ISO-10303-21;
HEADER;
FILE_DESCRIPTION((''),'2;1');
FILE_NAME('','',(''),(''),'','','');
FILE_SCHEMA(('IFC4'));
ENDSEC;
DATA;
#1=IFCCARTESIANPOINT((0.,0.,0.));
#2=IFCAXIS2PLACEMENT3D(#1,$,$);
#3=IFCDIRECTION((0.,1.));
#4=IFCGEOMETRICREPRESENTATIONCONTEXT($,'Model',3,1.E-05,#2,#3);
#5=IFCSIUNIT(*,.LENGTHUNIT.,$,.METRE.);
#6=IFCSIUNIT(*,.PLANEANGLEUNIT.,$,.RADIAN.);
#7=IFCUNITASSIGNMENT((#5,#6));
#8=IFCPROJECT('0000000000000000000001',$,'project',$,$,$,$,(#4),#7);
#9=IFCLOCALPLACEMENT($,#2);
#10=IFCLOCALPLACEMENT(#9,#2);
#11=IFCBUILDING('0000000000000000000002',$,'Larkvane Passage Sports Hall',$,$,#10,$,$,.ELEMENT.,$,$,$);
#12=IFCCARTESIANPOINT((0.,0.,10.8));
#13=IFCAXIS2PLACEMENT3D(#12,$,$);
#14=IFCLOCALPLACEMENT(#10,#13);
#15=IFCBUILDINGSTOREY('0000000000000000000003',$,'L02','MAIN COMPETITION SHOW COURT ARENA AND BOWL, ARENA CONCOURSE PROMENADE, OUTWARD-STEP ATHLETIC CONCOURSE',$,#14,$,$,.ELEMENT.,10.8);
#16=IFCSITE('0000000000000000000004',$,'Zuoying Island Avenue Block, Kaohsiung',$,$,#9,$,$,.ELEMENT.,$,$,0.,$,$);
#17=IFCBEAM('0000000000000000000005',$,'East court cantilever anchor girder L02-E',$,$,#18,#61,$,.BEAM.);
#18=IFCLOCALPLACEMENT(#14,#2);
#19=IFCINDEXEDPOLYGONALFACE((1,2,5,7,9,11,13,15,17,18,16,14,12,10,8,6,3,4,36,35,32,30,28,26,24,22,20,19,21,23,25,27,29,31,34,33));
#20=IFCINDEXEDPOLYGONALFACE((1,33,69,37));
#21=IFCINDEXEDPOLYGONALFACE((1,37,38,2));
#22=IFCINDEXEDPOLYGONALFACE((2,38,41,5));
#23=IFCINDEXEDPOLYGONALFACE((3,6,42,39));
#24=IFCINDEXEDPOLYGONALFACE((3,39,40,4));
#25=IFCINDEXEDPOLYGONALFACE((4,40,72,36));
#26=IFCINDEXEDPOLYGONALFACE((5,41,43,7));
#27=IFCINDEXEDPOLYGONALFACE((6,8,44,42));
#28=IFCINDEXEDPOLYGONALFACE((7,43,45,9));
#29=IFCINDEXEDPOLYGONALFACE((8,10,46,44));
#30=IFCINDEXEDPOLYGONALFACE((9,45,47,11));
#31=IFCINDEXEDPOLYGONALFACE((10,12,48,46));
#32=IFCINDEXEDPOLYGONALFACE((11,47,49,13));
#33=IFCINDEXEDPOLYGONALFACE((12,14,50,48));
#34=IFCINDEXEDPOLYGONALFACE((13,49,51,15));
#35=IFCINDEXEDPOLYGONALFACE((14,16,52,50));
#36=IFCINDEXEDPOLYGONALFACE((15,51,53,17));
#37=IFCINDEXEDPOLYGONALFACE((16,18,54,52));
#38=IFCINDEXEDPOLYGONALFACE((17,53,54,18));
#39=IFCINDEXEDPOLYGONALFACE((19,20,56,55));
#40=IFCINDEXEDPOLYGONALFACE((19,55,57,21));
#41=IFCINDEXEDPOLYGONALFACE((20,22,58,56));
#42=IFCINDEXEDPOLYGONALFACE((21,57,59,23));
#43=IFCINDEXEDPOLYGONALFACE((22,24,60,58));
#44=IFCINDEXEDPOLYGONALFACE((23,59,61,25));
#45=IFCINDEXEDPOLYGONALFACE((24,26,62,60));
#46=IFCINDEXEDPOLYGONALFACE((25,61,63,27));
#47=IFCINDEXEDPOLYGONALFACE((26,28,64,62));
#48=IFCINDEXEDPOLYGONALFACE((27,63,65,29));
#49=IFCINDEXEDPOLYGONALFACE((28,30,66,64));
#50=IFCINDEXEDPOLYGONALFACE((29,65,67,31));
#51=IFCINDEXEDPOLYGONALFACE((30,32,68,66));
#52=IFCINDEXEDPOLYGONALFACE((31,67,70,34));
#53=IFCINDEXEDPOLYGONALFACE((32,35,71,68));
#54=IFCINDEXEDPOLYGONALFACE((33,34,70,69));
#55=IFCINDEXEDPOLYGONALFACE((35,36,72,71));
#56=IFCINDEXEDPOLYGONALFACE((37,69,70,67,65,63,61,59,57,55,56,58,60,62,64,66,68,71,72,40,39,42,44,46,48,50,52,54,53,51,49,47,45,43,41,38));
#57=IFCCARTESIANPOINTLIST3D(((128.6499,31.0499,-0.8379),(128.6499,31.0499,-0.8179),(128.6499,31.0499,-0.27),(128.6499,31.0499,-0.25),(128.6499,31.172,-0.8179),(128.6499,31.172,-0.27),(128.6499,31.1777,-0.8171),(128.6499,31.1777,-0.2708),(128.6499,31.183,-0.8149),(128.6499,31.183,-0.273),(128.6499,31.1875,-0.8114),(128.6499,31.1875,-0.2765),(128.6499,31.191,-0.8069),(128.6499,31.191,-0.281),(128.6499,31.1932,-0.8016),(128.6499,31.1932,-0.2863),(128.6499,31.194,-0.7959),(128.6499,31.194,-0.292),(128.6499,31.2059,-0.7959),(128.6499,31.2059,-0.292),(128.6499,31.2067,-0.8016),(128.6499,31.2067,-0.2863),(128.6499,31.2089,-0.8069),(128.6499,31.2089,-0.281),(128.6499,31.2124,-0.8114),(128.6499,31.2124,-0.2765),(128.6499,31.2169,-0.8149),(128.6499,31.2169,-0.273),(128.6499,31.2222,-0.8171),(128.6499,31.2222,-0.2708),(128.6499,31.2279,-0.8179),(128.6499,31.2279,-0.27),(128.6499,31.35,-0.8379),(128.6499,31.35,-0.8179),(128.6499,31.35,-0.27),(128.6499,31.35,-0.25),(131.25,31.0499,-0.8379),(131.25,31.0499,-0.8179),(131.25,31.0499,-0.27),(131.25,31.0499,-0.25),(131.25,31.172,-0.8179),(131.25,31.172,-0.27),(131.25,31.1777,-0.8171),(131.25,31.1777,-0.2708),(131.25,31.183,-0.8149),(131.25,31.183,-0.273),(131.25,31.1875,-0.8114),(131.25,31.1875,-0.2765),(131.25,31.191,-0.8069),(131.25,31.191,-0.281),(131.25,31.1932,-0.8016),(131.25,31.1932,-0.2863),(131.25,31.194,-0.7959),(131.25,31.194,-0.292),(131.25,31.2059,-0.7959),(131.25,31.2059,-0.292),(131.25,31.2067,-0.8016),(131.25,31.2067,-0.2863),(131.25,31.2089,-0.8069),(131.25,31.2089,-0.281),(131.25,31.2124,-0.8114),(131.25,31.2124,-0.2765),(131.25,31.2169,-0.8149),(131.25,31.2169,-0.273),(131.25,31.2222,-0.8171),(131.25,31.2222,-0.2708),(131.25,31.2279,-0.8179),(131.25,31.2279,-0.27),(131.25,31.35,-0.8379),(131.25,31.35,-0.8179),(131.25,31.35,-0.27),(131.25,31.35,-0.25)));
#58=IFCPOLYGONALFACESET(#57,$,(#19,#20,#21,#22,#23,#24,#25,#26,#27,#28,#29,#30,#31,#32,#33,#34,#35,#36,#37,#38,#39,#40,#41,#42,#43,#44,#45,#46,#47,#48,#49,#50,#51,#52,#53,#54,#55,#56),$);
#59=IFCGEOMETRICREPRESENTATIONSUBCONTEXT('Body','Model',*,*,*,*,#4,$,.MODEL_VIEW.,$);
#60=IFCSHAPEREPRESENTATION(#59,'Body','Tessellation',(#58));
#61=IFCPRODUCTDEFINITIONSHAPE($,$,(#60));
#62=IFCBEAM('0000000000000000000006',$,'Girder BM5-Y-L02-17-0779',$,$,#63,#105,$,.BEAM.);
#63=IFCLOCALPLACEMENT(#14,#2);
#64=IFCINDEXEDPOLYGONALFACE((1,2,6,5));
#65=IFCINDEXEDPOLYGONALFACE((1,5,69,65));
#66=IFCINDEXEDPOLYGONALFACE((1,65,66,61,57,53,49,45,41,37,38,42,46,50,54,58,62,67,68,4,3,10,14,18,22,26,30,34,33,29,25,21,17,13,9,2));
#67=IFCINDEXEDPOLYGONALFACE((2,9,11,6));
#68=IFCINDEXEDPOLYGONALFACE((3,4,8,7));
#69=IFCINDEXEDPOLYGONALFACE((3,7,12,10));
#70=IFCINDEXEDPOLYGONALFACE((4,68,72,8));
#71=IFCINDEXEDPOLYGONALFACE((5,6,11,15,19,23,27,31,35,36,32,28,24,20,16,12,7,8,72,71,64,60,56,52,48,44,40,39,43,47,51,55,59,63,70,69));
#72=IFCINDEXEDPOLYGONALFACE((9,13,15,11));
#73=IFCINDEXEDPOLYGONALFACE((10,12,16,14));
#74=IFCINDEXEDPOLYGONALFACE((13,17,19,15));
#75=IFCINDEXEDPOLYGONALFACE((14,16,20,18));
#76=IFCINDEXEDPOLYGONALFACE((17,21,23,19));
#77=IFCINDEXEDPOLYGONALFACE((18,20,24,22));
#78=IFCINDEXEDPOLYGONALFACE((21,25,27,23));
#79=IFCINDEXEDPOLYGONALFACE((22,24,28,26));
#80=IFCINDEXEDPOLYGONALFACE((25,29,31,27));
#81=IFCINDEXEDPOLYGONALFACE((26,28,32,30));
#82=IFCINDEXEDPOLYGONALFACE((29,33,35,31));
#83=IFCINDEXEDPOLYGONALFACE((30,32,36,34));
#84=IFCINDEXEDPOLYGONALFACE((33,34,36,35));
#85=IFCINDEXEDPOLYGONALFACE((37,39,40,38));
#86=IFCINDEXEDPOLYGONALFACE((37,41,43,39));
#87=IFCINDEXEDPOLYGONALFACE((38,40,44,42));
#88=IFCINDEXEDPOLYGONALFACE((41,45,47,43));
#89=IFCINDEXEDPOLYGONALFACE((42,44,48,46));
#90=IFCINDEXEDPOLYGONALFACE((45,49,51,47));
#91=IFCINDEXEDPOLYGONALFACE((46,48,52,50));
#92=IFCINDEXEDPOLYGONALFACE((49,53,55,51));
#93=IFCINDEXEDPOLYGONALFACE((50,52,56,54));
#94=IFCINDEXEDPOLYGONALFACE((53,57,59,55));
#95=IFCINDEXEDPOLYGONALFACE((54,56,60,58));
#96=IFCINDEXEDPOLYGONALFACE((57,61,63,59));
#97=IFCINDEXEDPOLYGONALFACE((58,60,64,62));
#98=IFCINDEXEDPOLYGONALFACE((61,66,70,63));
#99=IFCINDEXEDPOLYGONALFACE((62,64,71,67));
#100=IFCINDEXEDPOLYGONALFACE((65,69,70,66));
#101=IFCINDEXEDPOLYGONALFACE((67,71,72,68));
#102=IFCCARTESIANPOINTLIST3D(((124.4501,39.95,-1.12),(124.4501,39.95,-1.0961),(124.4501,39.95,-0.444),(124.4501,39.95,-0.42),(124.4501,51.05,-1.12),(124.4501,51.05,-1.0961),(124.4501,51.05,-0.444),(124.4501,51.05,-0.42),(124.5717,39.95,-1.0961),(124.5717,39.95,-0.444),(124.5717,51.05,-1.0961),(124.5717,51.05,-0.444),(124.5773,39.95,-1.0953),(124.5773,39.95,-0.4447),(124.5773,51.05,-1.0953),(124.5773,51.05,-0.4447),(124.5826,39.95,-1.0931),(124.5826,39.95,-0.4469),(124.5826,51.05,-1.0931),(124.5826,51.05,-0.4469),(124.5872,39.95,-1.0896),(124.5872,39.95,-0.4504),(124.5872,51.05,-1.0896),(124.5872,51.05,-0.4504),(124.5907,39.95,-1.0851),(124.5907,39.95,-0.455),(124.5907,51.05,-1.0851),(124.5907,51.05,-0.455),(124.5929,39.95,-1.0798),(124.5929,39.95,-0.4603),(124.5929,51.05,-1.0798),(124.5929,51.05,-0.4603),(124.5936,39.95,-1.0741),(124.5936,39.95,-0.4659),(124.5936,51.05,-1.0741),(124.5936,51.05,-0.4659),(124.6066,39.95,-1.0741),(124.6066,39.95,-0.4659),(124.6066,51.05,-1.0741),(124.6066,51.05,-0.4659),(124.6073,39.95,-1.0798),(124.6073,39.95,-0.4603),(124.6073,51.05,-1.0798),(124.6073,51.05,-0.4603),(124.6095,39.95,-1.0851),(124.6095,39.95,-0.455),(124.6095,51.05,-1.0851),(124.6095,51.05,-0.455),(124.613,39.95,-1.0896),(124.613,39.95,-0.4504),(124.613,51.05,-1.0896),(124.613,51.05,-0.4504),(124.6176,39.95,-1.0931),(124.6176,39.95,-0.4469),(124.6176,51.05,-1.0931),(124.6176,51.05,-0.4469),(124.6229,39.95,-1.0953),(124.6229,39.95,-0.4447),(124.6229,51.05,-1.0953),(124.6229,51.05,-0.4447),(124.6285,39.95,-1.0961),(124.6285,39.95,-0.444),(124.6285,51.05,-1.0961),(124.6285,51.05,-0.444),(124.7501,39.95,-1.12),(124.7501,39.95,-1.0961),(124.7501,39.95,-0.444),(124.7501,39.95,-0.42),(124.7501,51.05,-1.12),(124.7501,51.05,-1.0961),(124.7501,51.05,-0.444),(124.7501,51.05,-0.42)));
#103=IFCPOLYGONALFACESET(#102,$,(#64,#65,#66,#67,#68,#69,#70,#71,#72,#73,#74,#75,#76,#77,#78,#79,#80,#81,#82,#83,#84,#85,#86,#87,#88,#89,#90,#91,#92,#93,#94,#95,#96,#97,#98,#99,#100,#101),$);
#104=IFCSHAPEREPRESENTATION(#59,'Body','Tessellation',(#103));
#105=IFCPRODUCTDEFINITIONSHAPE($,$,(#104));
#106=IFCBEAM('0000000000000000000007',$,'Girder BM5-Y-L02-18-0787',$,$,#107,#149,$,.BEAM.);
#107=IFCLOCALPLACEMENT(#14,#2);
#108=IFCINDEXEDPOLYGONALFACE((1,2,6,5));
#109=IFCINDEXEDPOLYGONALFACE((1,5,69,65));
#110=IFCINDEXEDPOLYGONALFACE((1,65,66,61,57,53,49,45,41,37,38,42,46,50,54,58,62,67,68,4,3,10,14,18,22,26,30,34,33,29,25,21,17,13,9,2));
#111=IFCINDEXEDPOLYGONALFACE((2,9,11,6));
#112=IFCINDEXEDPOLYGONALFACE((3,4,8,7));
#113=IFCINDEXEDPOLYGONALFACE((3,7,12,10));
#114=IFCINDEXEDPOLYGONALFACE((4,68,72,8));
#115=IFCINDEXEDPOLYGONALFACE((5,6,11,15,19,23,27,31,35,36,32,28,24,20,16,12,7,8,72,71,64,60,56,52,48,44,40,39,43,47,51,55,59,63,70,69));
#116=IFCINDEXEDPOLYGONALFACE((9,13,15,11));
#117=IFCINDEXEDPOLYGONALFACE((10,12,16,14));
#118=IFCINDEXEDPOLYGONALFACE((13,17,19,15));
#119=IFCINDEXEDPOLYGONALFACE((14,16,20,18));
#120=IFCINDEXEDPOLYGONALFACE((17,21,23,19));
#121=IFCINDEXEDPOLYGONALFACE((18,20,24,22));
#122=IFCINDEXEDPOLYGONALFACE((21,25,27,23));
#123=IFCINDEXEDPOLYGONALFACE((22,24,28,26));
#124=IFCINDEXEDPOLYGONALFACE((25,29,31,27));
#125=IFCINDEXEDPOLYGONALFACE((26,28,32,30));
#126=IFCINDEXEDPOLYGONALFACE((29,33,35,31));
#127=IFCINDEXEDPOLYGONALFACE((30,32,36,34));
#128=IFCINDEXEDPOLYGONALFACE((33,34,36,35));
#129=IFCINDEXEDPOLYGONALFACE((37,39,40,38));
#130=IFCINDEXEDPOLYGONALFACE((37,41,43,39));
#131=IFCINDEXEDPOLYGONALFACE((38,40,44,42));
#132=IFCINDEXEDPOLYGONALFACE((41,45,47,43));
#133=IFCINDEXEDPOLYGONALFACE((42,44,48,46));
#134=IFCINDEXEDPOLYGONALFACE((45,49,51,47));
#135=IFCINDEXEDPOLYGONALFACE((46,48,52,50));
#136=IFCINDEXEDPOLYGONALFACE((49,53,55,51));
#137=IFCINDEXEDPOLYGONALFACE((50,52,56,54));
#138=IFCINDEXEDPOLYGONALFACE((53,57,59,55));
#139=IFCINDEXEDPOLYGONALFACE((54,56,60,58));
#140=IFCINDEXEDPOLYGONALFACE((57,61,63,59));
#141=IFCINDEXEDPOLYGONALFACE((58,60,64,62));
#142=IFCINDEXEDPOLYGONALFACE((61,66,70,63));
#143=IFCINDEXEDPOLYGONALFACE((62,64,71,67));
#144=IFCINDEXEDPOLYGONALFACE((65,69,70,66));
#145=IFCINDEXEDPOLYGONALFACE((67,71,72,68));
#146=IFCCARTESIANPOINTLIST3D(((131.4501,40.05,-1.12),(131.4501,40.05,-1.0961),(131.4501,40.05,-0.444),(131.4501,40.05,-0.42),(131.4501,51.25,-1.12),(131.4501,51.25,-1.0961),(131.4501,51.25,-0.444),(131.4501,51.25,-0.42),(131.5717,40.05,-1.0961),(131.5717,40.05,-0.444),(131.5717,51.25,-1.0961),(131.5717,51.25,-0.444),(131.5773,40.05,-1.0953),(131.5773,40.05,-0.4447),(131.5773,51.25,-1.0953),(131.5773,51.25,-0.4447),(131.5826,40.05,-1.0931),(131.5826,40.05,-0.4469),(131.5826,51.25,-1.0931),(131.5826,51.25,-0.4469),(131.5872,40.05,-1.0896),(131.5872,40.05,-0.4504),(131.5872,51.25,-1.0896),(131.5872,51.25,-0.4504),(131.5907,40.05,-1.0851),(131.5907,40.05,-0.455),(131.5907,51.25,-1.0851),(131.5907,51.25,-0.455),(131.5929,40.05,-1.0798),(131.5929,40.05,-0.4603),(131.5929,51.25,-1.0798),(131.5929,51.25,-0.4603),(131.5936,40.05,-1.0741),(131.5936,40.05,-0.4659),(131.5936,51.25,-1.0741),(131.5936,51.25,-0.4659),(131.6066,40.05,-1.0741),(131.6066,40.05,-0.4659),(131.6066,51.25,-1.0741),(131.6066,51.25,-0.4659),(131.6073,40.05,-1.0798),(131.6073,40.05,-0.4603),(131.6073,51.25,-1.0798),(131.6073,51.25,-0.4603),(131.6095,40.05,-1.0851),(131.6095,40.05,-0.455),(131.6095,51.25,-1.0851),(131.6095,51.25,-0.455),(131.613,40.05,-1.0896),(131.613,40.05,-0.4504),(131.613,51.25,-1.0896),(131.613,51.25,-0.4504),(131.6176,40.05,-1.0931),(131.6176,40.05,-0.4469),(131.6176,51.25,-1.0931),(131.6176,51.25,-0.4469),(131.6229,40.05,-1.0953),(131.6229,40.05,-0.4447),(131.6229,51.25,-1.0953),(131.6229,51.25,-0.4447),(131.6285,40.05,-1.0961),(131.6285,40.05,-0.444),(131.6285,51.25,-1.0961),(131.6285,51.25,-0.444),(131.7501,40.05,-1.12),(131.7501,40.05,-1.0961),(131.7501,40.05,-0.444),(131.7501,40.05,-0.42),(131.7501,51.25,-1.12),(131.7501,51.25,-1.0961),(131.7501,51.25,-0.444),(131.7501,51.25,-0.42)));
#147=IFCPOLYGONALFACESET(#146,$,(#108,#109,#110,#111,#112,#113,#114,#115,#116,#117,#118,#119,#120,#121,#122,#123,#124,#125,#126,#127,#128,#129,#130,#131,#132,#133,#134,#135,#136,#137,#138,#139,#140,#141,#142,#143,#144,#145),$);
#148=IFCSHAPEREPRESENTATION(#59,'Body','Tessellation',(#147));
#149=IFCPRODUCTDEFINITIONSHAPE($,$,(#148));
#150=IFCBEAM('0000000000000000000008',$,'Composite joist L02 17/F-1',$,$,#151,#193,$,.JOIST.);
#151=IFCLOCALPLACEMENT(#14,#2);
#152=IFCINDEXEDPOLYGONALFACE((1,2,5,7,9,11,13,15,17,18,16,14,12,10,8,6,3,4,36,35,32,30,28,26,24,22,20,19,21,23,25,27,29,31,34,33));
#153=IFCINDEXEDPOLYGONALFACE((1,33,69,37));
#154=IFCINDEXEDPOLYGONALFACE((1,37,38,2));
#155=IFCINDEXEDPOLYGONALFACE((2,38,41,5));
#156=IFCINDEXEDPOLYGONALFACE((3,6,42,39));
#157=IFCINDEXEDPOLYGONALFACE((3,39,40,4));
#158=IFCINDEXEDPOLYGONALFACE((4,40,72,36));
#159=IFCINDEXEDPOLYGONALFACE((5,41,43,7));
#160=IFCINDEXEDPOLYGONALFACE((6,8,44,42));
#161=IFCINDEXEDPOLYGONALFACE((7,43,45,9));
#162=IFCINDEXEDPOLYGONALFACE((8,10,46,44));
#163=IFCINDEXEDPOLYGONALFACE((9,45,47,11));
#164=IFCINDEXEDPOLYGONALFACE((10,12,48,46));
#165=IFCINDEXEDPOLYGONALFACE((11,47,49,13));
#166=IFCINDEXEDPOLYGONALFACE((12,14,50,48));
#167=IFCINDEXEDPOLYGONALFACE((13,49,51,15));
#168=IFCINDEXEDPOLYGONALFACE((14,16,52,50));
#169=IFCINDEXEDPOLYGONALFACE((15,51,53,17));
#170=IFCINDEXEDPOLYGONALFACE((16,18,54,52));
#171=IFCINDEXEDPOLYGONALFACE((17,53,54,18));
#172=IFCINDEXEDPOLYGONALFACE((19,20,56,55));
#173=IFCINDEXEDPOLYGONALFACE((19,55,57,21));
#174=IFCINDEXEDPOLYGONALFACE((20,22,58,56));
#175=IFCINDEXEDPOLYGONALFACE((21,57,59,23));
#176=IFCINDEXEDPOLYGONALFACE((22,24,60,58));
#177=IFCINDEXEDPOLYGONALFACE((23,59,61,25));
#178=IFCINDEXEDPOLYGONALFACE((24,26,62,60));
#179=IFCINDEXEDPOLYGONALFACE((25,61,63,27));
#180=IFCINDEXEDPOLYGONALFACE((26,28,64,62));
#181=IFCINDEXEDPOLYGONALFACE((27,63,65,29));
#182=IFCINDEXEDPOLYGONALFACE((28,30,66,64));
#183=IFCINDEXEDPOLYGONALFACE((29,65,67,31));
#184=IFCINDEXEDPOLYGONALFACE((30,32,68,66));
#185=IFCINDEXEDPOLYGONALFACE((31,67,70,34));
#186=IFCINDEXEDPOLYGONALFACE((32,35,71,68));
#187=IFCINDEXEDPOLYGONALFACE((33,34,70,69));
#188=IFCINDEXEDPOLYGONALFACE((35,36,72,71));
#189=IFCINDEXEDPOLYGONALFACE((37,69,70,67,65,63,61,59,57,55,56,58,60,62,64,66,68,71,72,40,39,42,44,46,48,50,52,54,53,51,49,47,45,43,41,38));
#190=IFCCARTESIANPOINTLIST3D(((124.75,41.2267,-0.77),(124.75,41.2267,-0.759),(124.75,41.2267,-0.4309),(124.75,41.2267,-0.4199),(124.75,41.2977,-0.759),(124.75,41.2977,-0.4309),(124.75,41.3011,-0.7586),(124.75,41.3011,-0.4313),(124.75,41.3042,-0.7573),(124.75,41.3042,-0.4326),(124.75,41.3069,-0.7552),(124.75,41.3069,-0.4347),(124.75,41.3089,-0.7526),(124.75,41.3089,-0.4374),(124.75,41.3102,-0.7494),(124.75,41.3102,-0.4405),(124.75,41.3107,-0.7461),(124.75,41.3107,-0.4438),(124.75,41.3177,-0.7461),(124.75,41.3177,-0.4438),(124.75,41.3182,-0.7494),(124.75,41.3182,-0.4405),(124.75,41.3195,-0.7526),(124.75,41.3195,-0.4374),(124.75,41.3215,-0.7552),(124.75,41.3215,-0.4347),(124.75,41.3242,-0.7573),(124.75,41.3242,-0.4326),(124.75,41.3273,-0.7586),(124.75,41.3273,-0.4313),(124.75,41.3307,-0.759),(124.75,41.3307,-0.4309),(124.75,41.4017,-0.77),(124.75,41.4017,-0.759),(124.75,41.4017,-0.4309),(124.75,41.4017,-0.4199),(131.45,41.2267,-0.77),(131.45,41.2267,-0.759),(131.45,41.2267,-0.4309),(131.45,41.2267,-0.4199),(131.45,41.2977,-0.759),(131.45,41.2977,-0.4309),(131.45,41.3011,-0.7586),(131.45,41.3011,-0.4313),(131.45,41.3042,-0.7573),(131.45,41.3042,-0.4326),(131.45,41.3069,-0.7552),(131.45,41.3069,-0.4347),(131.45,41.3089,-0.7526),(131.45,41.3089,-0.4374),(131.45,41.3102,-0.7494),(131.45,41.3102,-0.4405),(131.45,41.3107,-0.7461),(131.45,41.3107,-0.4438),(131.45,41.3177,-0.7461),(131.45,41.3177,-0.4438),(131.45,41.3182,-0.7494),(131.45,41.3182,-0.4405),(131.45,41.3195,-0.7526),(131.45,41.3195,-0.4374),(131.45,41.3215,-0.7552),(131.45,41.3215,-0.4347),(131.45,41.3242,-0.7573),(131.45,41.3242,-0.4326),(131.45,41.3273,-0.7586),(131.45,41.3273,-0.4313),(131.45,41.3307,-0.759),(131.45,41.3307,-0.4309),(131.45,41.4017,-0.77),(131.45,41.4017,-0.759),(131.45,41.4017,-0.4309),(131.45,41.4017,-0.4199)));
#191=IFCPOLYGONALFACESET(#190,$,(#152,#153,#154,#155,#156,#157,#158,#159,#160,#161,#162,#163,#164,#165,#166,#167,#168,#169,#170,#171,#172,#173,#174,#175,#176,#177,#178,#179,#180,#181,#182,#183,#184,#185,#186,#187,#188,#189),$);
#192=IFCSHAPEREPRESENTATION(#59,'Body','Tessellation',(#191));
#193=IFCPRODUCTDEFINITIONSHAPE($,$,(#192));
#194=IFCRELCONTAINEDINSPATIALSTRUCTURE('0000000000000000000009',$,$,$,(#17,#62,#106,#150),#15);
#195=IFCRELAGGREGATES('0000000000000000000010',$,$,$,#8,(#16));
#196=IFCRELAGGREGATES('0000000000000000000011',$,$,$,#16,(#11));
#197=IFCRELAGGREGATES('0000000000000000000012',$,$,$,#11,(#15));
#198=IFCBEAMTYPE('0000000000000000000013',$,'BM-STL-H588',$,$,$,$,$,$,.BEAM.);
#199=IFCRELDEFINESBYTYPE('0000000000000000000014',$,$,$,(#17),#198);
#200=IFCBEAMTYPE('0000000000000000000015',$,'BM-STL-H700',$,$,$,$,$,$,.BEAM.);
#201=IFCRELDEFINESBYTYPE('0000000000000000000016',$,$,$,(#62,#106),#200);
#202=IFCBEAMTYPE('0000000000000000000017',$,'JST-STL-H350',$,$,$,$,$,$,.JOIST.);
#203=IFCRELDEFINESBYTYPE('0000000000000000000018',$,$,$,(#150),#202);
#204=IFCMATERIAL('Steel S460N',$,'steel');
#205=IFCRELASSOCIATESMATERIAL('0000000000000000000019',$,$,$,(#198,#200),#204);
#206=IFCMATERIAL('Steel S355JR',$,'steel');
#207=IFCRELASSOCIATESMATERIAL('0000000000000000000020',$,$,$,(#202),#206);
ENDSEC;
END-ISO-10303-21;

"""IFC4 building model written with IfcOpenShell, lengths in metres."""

from ifc_helpers import new_model, si_unit, direction, frame, origin, origin_2d, place, context, subcontext, project, spatial, i_section, extrude, material, material_profile, profile_set, type_object, element, save


model = new_model("IFC4")

# Units and contexts
model_context = context("Model", 3, precision=1e-05, world=origin(), true_north=direction((0.0, 1.0)))
body_context = subcontext(model_context, "Body", "Model", "MODEL_VIEW")
ifc_project = project(units=[si_unit("LENGTHUNIT", "METRE"), si_unit("PLANEANGLEUNIT", "RADIAN")], contexts=[model_context])

# Site, building, storey
site_placement = place(None, origin())
site = spatial("IfcSite", under=ifc_project, at=site_placement, Name="Zuoying Island Avenue Block, Kaohsiung", CompositionType="ELEMENT", RefElevation=0.0)
building_placement = place(site_placement, origin())
building = spatial("IfcBuilding", under=site, at=building_placement, Name="Larkvane Passage Sports Hall", CompositionType="ELEMENT")
storey_placement = place(building_placement, frame((0.0, 0.0, 10.8)))
storey = spatial("IfcBuildingStorey", under=building, at=storey_placement, Name="L02", Description="MAIN COMPETITION SHOW COURT ARENA AND BOWL, ARENA CONCOURSE PROMENADE, OUTWARD-STEP ATHLETIC CONCOURSE", CompositionType="ELEMENT", Elevation=10.8)

# Shared definitions
ifc_material_1 = material(Name="Steel S460N", Category="steel")

# Beams
ifc_material_profile_1 = material_profile(ifc_material_1, i_section(OverallWidth=0.3, OverallDepth=0.5879, WebThickness=0.012, FlangeThickness=0.02, FilletRadius=0.022, at=origin_2d()), Name="H-588x300x12x20")
ifc_profile_set_1 = profile_set([ifc_material_profile_1], Name="Steel S460N")
beam_type_1 = type_object("IfcBeamType", Name="BM-STL-H588", PredefinedType="BEAM", material=ifc_profile_set_1)
beam_1_placement = place(storey_placement, frame((128.6499, 31.2, -0.5439), z_axis=(1.0, 0.0, 0.0), x_axis=(0.0, 1.0, 0.0)))
element("IfcBeam", 1, at=beam_1_placement, inside=storey, type_object=beam_type_1, Name="East court cantilever anchor girder L02-E", PredefinedType="BEAM", context=body_context, shape_type="SweptSolid", body=[
    extrude(i_section(OverallWidth=0.3, OverallDepth=0.5879, WebThickness=0.012, FlangeThickness=0.02, FilletRadius=0.022, at=origin_2d()), origin(), (0.0, 0.0, 1.0), 2.6001),
])
ifc_material_profile_2 = material_profile(ifc_material_1, i_section(OverallWidth=0.3, OverallDepth=0.7, WebThickness=0.0129, FlangeThickness=0.0239, FilletRadius=0.022, at=origin_2d()), Name="H-700x300x13x24")
ifc_profile_set_2 = profile_set([ifc_material_profile_2], Name="Steel S460N")
beam_type_2 = type_object("IfcBeamType", Name="BM-STL-H700", PredefinedType="BEAM", material=ifc_profile_set_2)
beam_2_placement = place(storey_placement, frame((124.6001, 39.95, -0.77), z_axis=(0.0, 1.0, 0.0), x_axis=(-1.0, 0.0, 0.0)))
element("IfcBeam", 2, at=beam_2_placement, inside=storey, type_object=beam_type_2, Name="Girder BM5-Y-L02-17-0779", PredefinedType="BEAM", context=body_context, shape_type="SweptSolid", body=[
    extrude(i_section(OverallWidth=0.3, OverallDepth=0.7, WebThickness=0.0129, FlangeThickness=0.0239, FilletRadius=0.022, at=origin_2d()), origin(), (0.0, 0.0, 1.0), 11.1001),
])
beam_3_placement = place(storey_placement, frame((131.6001, 40.05, -0.77), z_axis=(0.0, 1.0, 0.0), x_axis=(-1.0, 0.0, 0.0)))
element("IfcBeam", 3, at=beam_3_placement, inside=storey, type_object=beam_type_2, Name="Girder BM5-Y-L02-18-0787", PredefinedType="BEAM", context=body_context, shape_type="SweptSolid", body=[
    extrude(i_section(OverallWidth=0.3, OverallDepth=0.7, WebThickness=0.0129, FlangeThickness=0.0239, FilletRadius=0.022, at=origin_2d()), origin(), (0.0, 0.0, 1.0), 11.2),
])
ifc_material_2 = material(Name="Steel S355JR", Category="steel")
ifc_material_profile_3 = material_profile(ifc_material_2, i_section(OverallWidth=0.175, OverallDepth=0.3501, WebThickness=0.0071, FlangeThickness=0.011, FilletRadius=0.0129, at=origin_2d()), Name="H-350x175x7x11")
ifc_profile_set_3 = profile_set([ifc_material_profile_3], Name="Steel S355JR")
beam_type_3 = type_object("IfcBeamType", Name="JST-STL-H350", PredefinedType="JOIST", material=ifc_profile_set_3)
beam_4_placement = place(storey_placement, frame((124.75, 41.3142, -0.595), z_axis=(1.0, 0.0, 0.0), x_axis=(0.0, 1.0, 0.0)))
element("IfcBeam", 4, at=beam_4_placement, inside=storey, type_object=beam_type_3, Name="Composite joist L02 17/F-1", PredefinedType="JOIST", context=body_context, shape_type="SweptSolid", body=[
    extrude(i_section(OverallWidth=0.175, OverallDepth=0.3501, WebThickness=0.0071, FlangeThickness=0.011, FilletRadius=0.0129, at=origin_2d()), origin(), (0.0, 0.0, 1.0), 6.7),
])

save(model, "model.ifc")
